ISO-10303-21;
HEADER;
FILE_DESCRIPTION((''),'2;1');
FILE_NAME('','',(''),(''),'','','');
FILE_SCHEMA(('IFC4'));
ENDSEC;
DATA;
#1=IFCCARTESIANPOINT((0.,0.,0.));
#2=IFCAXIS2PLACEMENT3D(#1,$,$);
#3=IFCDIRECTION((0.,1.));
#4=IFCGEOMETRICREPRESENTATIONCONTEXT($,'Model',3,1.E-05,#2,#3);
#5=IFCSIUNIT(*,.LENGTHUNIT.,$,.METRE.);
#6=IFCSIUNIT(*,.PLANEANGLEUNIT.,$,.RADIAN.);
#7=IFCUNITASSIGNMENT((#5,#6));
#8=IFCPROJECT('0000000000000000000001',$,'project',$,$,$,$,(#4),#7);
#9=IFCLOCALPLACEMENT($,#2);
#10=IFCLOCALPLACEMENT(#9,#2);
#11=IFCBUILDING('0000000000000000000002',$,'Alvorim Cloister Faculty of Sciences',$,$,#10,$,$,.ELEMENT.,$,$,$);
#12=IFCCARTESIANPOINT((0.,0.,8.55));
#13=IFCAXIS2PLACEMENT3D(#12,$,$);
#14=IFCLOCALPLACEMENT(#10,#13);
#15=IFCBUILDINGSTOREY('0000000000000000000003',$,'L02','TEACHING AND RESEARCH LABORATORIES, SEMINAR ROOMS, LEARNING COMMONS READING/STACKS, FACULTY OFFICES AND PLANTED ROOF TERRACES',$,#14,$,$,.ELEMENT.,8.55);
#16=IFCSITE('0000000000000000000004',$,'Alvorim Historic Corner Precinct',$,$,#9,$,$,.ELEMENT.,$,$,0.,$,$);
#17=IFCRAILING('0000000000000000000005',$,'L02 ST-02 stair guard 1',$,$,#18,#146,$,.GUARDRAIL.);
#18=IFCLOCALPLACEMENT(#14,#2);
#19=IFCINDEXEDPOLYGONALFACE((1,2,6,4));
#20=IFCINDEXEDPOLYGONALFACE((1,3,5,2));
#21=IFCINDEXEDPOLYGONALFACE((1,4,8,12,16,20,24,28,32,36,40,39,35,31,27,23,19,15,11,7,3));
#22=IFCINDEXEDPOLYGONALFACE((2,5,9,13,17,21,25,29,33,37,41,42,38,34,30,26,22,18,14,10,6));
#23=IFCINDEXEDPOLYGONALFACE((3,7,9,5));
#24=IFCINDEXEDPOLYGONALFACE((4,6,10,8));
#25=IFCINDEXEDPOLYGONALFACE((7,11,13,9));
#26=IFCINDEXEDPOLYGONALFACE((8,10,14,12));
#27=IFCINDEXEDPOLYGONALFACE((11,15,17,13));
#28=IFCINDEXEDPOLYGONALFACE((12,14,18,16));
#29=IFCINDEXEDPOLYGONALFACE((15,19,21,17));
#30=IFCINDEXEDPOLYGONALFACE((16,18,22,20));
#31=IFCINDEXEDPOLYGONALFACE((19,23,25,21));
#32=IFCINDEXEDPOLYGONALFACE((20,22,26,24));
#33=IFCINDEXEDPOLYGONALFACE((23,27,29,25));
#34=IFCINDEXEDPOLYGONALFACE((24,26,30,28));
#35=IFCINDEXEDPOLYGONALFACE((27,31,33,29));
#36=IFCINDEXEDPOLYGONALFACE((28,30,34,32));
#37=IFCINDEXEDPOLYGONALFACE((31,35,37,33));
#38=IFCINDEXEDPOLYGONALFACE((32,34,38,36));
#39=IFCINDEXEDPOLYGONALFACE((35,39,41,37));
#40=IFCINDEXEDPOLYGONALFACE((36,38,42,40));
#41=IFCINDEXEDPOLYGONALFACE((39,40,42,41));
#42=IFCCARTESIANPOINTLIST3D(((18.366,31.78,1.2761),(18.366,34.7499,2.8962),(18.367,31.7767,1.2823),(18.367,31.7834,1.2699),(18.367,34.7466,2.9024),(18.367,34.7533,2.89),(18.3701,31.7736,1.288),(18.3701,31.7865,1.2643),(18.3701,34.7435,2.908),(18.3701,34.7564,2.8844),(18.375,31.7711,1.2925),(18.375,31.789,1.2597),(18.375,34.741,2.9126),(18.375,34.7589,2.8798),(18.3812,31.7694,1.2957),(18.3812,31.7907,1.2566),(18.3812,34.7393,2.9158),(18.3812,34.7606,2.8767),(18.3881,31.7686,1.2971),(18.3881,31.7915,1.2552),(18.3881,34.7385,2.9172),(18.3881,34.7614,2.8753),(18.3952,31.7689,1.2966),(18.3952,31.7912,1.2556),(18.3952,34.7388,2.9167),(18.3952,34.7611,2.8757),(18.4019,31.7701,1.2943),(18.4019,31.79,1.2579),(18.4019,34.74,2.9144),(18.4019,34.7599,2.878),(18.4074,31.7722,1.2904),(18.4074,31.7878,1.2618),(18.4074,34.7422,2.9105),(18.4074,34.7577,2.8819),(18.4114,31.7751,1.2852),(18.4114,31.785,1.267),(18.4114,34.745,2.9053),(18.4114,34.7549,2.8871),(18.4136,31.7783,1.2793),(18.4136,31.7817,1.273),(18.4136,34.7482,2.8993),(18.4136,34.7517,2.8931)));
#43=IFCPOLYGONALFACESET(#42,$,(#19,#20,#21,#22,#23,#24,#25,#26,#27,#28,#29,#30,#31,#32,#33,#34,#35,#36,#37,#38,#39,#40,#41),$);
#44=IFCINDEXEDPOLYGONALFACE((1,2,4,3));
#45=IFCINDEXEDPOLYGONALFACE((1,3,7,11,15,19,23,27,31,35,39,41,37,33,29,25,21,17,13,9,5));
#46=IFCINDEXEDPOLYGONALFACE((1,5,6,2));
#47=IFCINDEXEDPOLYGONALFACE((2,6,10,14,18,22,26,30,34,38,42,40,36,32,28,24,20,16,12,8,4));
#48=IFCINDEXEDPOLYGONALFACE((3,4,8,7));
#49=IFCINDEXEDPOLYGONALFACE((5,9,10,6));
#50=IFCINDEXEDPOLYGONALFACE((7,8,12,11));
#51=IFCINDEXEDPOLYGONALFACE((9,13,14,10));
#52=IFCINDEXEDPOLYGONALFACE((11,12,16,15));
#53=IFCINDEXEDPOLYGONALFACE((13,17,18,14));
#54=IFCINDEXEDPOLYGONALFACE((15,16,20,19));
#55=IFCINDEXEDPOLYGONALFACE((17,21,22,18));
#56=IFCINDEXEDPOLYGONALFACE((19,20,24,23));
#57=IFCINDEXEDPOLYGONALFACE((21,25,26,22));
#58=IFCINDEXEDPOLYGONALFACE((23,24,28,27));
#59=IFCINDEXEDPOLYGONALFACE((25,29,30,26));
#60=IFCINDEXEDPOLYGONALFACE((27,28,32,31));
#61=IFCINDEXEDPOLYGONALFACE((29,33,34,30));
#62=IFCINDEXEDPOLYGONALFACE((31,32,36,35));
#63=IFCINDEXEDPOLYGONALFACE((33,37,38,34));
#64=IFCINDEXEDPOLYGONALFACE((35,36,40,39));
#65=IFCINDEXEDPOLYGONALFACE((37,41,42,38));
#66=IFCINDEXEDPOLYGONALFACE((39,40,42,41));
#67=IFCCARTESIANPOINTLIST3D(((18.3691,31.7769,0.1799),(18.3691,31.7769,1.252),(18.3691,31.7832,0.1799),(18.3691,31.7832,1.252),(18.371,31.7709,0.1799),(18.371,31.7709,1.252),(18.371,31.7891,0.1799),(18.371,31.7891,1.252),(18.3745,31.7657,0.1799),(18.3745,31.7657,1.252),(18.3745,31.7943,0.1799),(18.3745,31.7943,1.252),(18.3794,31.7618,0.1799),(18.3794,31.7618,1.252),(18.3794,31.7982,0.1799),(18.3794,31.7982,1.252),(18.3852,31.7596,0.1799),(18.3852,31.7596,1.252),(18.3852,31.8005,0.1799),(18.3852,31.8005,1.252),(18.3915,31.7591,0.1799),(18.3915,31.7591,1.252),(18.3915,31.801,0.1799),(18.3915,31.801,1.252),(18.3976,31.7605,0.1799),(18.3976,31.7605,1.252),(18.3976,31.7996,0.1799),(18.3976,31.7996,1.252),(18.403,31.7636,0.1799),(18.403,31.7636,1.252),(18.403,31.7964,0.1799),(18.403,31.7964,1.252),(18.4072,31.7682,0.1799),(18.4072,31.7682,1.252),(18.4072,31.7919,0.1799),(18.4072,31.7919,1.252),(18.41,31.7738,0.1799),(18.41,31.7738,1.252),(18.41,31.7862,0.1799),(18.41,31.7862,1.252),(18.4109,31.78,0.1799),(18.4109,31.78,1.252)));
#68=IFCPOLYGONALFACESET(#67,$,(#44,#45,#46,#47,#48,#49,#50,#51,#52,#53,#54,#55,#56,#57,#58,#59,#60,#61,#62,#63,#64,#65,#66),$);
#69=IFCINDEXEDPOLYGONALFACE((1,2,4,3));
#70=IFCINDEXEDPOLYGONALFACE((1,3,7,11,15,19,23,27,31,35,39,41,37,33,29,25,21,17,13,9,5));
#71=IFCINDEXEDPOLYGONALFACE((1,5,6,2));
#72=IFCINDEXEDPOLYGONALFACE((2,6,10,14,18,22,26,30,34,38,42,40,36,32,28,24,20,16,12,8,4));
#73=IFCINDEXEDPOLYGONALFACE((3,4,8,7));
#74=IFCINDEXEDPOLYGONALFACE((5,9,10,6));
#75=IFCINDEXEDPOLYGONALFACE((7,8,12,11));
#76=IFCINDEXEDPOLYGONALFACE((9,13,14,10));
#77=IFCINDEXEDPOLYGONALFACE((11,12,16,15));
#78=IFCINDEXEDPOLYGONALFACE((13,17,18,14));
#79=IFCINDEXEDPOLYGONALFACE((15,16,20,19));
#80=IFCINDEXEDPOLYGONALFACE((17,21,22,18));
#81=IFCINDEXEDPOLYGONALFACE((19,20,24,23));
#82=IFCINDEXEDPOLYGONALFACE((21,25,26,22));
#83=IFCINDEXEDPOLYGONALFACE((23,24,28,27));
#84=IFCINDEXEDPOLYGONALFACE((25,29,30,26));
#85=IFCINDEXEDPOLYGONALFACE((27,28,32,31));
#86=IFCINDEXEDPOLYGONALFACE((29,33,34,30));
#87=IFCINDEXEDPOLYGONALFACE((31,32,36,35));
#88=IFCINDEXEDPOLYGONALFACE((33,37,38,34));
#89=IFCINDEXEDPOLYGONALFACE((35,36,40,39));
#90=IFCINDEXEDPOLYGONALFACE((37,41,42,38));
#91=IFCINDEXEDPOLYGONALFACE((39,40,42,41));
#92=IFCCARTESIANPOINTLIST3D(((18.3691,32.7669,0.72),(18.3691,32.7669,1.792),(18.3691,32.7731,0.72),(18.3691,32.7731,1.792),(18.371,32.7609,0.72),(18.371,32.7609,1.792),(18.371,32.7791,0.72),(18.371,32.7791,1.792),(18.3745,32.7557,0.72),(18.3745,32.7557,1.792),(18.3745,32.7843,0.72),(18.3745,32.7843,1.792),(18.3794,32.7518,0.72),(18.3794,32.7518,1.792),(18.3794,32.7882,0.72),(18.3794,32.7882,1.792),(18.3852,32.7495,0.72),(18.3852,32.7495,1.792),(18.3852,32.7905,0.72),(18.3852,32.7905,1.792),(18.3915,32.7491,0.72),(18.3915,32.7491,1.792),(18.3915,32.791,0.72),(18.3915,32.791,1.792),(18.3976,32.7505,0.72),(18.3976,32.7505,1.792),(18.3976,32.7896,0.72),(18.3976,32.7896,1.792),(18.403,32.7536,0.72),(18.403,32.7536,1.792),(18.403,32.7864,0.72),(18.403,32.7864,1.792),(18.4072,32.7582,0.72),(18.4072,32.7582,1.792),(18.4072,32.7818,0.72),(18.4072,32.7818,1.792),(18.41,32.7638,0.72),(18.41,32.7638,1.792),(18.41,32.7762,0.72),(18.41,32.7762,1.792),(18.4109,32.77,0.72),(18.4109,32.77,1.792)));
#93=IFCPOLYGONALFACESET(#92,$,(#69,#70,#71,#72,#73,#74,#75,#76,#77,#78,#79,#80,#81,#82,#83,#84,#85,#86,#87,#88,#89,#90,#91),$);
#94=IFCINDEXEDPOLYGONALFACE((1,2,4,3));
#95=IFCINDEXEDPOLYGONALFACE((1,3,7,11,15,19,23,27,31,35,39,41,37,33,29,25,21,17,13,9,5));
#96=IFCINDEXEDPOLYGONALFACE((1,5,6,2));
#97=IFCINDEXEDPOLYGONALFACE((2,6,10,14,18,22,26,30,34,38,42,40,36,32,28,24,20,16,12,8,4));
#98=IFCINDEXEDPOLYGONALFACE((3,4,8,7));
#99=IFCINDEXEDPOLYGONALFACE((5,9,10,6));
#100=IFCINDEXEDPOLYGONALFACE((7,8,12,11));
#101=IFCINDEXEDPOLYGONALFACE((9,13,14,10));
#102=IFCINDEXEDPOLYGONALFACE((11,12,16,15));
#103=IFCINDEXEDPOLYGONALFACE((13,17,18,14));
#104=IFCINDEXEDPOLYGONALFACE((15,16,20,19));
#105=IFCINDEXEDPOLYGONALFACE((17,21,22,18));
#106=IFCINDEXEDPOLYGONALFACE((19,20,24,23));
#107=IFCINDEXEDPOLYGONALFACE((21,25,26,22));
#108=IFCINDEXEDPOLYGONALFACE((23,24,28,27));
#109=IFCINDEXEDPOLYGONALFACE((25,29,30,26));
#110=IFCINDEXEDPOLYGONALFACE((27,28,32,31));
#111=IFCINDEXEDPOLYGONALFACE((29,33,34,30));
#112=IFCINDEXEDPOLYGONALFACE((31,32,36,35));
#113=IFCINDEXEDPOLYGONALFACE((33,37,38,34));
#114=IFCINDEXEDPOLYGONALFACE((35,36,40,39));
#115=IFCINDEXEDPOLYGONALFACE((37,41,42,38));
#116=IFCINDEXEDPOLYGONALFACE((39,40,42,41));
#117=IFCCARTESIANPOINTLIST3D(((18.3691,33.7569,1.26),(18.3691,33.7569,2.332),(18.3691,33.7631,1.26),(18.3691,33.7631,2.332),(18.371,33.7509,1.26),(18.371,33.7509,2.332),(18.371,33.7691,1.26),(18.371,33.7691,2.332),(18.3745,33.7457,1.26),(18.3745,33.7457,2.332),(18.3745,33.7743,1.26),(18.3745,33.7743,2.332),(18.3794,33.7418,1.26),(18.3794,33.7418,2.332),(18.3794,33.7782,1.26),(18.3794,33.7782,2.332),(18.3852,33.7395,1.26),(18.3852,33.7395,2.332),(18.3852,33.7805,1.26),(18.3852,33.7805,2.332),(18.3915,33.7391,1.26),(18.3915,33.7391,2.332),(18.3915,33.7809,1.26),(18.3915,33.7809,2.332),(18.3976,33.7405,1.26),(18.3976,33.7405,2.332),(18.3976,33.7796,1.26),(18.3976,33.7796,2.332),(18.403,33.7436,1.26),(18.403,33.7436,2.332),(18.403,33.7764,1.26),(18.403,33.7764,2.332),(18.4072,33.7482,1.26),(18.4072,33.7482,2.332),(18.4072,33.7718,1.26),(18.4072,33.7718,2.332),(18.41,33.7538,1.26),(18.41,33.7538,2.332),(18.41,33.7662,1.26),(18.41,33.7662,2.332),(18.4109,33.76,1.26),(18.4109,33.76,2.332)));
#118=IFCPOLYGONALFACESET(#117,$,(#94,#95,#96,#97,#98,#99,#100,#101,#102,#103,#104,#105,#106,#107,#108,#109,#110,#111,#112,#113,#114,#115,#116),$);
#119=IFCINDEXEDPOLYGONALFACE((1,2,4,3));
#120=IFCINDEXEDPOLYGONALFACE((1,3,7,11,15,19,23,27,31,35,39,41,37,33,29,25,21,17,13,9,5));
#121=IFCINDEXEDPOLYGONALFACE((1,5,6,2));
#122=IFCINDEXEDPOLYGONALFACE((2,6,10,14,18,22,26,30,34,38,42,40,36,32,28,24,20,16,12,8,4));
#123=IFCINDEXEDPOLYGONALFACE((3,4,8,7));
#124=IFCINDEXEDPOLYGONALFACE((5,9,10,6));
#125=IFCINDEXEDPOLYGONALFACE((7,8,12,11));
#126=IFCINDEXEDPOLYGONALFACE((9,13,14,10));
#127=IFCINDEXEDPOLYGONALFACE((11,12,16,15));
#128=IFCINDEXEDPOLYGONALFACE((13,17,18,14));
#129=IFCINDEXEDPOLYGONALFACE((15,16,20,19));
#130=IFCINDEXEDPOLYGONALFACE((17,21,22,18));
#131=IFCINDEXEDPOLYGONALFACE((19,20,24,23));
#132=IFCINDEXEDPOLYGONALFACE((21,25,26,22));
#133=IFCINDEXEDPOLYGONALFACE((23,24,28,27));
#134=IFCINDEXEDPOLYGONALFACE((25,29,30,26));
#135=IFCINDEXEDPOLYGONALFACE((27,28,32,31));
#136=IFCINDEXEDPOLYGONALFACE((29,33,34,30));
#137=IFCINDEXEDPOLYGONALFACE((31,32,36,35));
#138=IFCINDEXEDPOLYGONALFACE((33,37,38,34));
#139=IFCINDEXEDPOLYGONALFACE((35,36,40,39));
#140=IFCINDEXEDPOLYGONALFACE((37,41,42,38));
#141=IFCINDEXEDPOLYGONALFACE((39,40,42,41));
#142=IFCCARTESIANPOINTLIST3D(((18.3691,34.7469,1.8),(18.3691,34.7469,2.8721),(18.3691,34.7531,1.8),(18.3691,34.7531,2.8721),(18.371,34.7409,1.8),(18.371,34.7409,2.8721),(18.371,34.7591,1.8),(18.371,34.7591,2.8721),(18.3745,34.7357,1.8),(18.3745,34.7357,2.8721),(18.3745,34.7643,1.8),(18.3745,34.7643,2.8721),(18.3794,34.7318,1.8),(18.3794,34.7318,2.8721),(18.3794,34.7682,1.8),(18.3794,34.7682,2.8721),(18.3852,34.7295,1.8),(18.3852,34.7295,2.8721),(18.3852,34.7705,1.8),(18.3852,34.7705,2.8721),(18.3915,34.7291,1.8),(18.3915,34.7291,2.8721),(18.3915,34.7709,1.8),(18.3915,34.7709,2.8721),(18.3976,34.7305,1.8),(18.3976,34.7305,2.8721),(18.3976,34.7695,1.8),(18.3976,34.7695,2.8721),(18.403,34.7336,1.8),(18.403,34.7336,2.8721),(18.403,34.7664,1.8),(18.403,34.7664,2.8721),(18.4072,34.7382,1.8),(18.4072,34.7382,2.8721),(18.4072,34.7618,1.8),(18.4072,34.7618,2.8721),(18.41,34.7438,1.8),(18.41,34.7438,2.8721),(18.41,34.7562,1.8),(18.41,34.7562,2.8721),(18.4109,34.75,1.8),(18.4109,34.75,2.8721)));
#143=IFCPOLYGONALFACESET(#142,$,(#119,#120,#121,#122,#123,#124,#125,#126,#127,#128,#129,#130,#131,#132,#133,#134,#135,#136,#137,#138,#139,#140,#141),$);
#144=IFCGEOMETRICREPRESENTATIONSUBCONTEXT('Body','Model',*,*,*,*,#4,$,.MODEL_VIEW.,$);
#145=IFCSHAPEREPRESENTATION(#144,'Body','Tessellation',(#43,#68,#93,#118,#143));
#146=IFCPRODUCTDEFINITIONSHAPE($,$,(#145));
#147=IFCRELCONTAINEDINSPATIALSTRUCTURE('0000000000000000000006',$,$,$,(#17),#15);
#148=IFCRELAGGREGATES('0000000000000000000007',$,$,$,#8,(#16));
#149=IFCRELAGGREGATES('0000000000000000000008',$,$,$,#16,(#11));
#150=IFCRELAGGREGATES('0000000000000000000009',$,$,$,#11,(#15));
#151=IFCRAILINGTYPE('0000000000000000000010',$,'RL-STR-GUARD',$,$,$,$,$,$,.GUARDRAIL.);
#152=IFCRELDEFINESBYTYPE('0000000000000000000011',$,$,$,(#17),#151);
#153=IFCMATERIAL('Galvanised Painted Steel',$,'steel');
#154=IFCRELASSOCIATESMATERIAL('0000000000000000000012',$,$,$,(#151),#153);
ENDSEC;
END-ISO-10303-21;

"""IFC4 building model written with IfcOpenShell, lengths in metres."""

from ifc_helpers import new_model, si_unit, direction, frame, origin, origin_2d, place, context, subcontext, project, spatial, circle, extrude, material, type_object, element, save


model = new_model("IFC4")

# Units and contexts
model_context = context("Model", 3, precision=1e-05, world=origin(), true_north=direction((0.0, 1.0)))
body_context = subcontext(model_context, "Body", "Model", "MODEL_VIEW")
ifc_project = project(units=[si_unit("LENGTHUNIT", "METRE"), si_unit("PLANEANGLEUNIT", "RADIAN")], contexts=[model_context])

# Site, building, storey
site_placement = place(None, origin())
site = spatial("IfcSite", under=ifc_project, at=site_placement, Name="Alvorim Historic Corner Precinct", CompositionType="ELEMENT", RefElevation=0.0)
building_placement = place(site_placement, origin())
building = spatial("IfcBuilding", under=site, at=building_placement, Name="Alvorim Cloister Faculty of Sciences", CompositionType="ELEMENT")
storey_placement = place(building_placement, frame((0.0, 0.0, 8.55)))
storey = spatial("IfcBuildingStorey", under=building, at=storey_placement, Name="L02", Description="TEACHING AND RESEARCH LABORATORIES, SEMINAR ROOMS, LEARNING COMMONS READING/STACKS, FACULTY OFFICES AND PLANTED ROOF TERRACES", CompositionType="ELEMENT", Elevation=8.55)

# Railing
ifc_material_1 = material(Name="Galvanised Painted Steel", Category="steel")
railing_type_1 = type_object("IfcRailingType", Name="RL-STR-GUARD", PredefinedType="GUARDRAIL", material=ifc_material_1)
railing_1_placement = place(storey_placement, frame((18.3899, 31.78, 0.1799)))
element("IfcRailing", 1, at=railing_1_placement, inside=storey, type_object=railing_type_1, Name="L02 ST-02 stair guard 1", PredefinedType="GUARDRAIL", context=body_context, shape_type="SweptSolid", body=[
    extrude(circle(Radius=0.0239, at=origin_2d()), frame((0.0, 0.0, 1.0962), z_axis=(0.0, 0.877879, 0.478882), x_axis=(-1.0, 0.0, 0.0)), (0.0, 0.0, 1.0), 3.3831),
    extrude(circle(Radius=0.021, at=origin_2d()), origin(), (0.0, 0.0, 1.0), 1.072),
    extrude(circle(Radius=0.021, at=origin_2d()), frame((0.0, 0.99, 0.54)), (0.0, 0.0, 1.0), 1.072),
    extrude(circle(Radius=0.021, at=origin_2d()), frame((0.0, 1.98, 1.0801)), (0.0, 0.0, 1.0), 1.072),
    extrude(circle(Radius=0.021, at=origin_2d()), frame((0.0, 2.97, 1.6201)), (0.0, 0.0, 1.0), 1.072),
])

save(model, "model.ifc")
